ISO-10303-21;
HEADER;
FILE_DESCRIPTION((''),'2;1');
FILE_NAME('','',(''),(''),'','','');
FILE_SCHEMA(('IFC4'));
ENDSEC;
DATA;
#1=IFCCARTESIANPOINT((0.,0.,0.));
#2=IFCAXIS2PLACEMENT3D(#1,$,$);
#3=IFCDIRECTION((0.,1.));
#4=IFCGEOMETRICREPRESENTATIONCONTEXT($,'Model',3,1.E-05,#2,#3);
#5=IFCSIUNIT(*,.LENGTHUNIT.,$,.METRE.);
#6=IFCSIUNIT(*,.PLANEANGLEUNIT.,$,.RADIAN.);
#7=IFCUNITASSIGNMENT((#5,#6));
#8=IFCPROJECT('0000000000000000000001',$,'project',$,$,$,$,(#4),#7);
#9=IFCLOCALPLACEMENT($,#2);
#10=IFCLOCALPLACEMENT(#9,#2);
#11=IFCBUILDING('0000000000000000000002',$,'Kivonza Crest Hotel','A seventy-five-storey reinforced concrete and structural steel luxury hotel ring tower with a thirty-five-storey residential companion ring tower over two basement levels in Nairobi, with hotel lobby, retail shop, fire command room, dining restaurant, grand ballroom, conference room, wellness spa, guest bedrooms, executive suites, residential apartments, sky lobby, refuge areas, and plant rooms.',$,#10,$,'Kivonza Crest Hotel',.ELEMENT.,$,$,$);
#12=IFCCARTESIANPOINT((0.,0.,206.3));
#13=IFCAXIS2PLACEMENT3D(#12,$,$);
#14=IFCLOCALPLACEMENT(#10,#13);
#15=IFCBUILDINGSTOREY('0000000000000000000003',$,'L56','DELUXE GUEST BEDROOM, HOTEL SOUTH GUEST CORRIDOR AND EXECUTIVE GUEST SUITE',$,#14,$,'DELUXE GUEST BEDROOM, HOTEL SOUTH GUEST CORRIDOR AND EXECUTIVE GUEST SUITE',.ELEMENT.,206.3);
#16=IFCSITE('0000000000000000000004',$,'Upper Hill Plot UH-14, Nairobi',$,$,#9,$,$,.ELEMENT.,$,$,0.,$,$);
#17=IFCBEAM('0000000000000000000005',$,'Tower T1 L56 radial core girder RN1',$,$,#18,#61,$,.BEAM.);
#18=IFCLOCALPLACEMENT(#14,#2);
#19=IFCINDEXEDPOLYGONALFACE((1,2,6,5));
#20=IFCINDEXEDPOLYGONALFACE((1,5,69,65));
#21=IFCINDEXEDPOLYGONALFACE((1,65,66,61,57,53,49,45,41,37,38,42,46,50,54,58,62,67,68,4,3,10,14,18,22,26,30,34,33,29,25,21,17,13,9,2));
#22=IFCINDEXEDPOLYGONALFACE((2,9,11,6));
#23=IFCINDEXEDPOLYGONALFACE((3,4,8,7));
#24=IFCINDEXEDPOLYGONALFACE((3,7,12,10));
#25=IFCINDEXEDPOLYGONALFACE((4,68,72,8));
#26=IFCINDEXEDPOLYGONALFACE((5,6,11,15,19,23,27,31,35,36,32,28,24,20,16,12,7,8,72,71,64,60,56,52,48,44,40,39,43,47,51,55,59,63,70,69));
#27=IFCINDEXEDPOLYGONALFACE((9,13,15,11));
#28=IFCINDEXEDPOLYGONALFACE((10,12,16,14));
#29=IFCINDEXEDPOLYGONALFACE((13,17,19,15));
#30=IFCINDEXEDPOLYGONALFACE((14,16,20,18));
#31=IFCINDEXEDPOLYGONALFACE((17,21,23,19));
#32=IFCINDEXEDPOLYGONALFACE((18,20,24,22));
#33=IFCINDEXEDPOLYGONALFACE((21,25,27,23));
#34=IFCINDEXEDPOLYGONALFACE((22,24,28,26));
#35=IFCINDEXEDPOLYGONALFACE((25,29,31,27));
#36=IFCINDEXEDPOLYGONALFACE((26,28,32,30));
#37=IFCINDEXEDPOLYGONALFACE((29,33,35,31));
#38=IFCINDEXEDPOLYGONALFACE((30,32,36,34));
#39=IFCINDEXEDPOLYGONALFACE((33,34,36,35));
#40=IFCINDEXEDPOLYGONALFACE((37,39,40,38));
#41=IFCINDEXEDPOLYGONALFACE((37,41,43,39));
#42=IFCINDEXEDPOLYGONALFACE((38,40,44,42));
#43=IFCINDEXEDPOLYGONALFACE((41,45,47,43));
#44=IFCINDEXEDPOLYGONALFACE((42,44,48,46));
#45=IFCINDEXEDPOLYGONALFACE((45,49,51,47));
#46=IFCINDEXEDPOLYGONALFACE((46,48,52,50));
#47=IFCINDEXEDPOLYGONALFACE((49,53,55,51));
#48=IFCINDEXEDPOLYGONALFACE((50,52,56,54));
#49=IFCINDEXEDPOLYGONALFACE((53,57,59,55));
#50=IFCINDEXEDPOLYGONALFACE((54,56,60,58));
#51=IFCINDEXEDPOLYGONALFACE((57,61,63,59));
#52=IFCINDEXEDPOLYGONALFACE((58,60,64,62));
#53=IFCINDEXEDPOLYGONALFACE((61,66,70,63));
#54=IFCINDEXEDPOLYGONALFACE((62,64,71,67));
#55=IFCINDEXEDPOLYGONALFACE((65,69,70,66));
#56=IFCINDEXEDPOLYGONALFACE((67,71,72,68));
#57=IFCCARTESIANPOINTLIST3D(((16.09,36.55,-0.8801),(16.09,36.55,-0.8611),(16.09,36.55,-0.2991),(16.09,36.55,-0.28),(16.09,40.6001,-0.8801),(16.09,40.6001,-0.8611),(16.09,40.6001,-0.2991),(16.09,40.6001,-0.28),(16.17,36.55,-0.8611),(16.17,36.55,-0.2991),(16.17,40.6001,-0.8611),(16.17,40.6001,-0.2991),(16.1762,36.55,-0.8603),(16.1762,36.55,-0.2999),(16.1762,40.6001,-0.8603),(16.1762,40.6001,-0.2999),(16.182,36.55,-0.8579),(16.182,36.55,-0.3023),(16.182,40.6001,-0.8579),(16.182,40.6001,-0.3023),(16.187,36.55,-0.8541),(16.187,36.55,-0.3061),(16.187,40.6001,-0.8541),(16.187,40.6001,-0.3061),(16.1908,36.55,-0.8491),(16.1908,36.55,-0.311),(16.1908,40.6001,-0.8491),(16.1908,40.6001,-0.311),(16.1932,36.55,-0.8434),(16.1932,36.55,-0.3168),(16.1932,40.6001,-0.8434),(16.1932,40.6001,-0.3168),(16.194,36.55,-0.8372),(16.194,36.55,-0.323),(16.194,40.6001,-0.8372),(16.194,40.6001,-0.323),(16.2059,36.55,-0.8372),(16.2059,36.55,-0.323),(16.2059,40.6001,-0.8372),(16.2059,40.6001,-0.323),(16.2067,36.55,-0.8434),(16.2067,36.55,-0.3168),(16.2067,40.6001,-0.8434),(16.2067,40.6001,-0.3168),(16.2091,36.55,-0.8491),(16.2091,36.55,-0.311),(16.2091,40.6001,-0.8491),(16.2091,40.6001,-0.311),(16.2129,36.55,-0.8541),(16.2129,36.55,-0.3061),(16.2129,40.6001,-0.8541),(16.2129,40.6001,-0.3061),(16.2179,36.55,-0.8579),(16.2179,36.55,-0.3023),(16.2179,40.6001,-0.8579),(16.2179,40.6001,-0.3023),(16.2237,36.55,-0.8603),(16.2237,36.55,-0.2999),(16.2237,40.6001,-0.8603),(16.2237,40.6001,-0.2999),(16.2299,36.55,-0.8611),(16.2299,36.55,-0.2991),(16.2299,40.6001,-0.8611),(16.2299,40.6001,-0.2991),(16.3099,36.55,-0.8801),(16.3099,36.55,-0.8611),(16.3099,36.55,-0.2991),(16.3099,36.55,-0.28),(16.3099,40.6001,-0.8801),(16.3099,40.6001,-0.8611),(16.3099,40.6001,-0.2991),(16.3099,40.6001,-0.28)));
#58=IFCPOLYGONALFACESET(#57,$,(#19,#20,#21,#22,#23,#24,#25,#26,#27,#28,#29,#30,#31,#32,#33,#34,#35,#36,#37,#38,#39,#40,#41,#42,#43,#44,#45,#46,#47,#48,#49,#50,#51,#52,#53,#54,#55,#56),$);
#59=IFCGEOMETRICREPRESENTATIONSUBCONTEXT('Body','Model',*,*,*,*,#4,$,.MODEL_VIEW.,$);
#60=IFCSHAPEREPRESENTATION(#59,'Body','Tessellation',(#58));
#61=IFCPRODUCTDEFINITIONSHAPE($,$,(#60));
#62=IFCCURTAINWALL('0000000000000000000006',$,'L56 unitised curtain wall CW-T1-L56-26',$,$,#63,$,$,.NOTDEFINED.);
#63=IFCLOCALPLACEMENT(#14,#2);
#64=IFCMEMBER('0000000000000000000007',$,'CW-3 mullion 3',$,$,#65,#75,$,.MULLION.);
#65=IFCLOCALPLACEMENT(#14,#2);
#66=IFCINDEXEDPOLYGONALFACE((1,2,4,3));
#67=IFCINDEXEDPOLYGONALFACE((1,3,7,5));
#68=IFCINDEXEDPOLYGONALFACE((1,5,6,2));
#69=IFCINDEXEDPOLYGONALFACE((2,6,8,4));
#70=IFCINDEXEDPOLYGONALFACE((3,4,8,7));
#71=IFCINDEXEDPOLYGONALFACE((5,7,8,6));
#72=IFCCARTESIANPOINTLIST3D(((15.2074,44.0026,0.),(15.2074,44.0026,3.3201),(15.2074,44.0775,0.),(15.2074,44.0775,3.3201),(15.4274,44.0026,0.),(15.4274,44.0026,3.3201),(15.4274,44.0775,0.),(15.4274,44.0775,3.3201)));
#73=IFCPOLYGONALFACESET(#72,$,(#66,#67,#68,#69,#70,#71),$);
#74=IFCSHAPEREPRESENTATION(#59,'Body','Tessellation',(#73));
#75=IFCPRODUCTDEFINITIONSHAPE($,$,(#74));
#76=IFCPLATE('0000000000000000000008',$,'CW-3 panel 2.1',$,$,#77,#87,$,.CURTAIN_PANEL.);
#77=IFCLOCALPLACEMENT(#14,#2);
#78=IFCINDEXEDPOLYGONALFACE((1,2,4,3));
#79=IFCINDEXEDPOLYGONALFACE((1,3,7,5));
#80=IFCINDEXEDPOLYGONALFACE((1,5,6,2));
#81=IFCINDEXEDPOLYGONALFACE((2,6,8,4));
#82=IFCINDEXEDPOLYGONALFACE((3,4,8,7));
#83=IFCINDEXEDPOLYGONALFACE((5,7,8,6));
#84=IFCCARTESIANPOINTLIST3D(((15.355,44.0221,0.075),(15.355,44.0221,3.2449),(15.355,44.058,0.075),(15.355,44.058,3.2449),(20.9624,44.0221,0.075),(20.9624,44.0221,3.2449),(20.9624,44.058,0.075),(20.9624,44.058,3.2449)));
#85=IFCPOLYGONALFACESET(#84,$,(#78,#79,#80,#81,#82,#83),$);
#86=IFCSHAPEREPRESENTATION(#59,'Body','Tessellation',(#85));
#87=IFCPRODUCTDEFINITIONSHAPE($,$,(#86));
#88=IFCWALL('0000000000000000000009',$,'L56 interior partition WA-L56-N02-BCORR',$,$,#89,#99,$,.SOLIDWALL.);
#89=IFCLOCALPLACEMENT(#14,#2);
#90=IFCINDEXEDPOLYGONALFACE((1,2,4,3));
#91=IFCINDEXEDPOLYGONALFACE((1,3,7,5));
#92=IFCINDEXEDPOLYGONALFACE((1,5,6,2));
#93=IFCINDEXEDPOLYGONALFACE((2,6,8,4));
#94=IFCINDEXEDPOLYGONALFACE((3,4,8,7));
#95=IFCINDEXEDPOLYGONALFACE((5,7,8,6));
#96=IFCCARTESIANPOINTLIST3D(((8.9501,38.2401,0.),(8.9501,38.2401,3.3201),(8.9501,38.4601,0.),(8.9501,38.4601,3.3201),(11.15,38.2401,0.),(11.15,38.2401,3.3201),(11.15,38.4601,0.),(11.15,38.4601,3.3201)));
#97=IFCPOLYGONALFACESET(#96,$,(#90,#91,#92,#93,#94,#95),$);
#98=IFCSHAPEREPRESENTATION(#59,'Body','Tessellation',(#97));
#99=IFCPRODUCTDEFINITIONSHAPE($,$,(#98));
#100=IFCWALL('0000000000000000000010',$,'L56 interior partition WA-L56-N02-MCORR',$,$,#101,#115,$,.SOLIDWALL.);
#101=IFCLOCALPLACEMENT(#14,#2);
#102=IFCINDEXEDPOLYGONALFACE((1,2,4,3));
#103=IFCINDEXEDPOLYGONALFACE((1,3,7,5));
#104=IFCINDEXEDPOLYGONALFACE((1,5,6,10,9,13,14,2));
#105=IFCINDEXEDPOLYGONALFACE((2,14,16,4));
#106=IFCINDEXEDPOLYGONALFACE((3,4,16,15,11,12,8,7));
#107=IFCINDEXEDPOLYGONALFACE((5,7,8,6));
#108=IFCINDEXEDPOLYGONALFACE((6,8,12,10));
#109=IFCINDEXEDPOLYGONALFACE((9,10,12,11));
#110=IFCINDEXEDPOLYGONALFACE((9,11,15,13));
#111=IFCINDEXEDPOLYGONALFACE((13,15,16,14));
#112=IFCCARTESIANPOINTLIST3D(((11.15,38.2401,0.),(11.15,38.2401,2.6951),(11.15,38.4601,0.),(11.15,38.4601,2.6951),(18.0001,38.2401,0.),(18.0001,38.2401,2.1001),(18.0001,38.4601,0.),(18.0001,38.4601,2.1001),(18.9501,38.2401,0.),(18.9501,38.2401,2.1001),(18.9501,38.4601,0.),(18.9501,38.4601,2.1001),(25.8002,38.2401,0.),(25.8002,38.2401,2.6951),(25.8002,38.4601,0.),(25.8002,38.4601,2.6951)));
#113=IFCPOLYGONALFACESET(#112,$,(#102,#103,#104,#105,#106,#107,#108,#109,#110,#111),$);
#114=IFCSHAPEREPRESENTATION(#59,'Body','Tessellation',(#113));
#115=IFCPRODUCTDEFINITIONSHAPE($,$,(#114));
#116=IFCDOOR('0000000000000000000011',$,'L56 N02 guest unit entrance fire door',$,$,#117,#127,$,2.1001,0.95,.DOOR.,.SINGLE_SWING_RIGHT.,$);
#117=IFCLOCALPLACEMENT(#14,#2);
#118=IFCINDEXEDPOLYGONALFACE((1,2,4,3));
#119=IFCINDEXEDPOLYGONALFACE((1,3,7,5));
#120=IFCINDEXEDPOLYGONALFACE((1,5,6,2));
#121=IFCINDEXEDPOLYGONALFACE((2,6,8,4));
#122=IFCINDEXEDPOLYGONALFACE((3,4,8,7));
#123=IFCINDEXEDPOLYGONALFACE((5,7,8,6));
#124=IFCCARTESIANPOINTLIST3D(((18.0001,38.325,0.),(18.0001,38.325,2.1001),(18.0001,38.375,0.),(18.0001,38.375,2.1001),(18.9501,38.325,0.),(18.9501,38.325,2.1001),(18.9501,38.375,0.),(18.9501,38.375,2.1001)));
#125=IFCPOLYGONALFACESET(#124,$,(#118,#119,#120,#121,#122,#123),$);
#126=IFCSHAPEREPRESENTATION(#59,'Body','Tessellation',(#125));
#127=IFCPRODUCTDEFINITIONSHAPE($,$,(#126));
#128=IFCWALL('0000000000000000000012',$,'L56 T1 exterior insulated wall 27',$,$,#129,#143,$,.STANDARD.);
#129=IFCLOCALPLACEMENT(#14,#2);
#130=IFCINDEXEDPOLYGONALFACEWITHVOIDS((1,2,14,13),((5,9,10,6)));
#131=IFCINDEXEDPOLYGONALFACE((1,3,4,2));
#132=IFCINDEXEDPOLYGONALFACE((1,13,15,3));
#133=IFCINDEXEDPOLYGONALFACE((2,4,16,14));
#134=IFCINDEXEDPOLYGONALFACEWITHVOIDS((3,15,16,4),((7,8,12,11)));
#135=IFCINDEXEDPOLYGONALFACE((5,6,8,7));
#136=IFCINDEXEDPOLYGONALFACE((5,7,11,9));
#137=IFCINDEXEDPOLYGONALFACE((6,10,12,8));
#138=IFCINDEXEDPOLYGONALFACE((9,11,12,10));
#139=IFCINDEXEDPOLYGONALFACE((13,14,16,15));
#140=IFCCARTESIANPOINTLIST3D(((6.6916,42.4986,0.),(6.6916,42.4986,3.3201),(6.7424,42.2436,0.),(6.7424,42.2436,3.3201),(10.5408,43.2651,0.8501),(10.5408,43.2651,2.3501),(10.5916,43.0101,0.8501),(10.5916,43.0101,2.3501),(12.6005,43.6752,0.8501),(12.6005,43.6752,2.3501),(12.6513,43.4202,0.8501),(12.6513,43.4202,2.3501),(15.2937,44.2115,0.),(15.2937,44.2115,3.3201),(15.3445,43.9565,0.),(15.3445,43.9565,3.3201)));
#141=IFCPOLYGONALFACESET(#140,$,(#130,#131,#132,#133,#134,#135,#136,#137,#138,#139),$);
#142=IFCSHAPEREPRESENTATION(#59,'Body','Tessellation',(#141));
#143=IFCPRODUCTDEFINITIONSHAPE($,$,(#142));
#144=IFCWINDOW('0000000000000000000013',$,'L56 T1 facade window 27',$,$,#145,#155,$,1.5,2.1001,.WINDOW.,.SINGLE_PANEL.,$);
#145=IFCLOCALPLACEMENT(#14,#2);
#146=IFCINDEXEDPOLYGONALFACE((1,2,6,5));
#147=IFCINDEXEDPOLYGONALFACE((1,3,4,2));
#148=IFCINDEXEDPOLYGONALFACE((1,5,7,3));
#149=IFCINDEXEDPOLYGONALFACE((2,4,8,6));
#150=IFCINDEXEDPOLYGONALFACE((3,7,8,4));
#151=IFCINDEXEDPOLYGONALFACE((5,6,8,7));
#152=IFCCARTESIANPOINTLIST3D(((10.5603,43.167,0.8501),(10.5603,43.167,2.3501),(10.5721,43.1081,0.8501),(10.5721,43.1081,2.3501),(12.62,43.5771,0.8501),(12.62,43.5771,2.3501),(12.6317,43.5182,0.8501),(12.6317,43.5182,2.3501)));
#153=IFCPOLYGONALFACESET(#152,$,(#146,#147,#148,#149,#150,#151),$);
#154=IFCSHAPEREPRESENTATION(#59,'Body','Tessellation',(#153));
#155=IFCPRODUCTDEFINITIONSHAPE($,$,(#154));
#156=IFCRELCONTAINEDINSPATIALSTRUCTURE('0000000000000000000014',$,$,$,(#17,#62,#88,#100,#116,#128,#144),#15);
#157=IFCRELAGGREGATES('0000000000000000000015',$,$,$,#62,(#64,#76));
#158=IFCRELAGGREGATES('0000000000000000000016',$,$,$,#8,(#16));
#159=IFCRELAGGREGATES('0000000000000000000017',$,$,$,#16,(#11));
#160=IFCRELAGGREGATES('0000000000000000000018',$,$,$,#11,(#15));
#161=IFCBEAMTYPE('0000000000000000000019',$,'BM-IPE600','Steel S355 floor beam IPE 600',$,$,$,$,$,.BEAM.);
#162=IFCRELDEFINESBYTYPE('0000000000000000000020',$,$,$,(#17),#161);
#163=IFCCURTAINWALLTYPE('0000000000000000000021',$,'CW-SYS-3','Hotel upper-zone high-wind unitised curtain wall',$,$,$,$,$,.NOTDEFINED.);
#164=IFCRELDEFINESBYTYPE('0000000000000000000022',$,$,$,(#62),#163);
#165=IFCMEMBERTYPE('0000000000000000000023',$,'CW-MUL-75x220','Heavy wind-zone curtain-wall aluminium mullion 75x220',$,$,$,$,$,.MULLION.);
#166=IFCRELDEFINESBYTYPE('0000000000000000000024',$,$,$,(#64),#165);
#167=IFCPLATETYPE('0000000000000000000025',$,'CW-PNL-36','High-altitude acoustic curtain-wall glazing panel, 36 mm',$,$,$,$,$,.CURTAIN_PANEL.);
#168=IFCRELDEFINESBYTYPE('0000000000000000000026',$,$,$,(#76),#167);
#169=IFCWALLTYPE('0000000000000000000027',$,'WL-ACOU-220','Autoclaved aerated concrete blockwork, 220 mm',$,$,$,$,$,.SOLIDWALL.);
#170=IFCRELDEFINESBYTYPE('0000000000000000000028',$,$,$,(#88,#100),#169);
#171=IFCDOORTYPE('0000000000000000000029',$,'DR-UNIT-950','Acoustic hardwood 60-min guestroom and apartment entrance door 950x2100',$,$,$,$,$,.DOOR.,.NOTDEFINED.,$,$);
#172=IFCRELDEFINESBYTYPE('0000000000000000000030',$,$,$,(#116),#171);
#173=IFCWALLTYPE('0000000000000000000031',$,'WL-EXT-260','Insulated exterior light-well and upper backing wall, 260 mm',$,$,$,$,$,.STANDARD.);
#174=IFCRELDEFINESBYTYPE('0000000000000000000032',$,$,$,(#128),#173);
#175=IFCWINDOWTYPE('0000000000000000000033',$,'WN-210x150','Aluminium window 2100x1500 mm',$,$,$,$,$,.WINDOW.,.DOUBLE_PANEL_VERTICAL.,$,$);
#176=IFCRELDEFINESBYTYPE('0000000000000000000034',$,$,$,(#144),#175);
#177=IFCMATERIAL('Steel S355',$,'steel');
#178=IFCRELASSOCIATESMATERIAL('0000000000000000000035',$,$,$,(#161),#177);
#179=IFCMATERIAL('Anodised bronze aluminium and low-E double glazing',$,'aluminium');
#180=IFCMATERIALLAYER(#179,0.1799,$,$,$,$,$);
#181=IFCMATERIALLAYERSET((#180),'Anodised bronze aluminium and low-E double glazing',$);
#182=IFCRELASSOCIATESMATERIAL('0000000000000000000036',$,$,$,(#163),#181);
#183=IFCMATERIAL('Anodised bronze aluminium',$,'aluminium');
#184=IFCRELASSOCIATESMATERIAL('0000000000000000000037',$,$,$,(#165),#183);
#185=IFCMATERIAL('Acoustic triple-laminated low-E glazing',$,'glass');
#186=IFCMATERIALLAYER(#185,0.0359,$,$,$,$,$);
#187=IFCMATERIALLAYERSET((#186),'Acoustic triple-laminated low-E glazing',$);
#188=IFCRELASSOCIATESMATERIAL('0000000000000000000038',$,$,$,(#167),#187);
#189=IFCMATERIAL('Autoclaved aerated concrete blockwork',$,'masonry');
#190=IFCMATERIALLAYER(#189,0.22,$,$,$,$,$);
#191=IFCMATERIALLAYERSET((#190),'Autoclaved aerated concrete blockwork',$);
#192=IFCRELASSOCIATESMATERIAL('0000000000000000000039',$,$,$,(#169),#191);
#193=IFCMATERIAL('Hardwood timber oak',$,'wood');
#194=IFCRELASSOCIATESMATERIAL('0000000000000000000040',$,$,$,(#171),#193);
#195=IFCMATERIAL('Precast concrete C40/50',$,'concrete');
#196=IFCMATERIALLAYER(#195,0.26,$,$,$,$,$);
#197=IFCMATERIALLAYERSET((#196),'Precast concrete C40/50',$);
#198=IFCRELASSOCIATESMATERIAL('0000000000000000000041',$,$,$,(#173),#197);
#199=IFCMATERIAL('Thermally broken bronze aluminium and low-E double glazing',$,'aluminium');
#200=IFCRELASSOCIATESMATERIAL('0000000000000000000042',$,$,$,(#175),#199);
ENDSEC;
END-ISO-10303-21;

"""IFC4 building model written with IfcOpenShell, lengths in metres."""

from ifc_helpers import new_model, si_unit, direction, frame, frame_2d, origin, origin_2d, place, context, subcontext, project, spatial, rectangle, i_section, extrude, material, layer, layer_set, material_profile, profile_set, type_object, element, fill, aggregate, save


model = new_model("IFC4")

# Units and contexts
model_context = context("Model", 3, precision=1e-05, world=origin(), true_north=direction((0.0, 1.0)))
body_context = subcontext(model_context, "Body", "Model", "MODEL_VIEW")
ifc_project = project(units=[si_unit("LENGTHUNIT", "METRE"), si_unit("PLANEANGLEUNIT", "RADIAN")], contexts=[model_context])

# Site, building, storey
site_placement = place(None, origin())
site = spatial("IfcSite", under=ifc_project, at=site_placement, Name="Upper Hill Plot UH-14, Nairobi", CompositionType="ELEMENT", RefElevation=0.0)
building_placement = place(site_placement, origin())
building = spatial("IfcBuilding", under=site, at=building_placement, Name="Kivonza Crest Hotel", Description="A seventy-five-storey reinforced concrete and structural steel luxury hotel ring tower with a thirty-five-storey residential companion ring tower over two basement levels in Nairobi, with hotel lobby, retail shop, fire command room, dining restaurant, grand ballroom, conference room, wellness spa, guest bedrooms, executive suites, residential apartments, sky lobby, refuge areas, and plant rooms.", LongName="Kivonza Crest Hotel", CompositionType="ELEMENT")
storey_placement = place(building_placement, frame((0.0, 0.0, 206.3)))
storey = spatial("IfcBuildingStorey", under=building, at=storey_placement, Name="L56", Description="DELUXE GUEST BEDROOM, HOTEL SOUTH GUEST CORRIDOR AND EXECUTIVE GUEST SUITE", LongName="DELUXE GUEST BEDROOM, HOTEL SOUTH GUEST CORRIDOR AND EXECUTIVE GUEST SUITE", CompositionType="ELEMENT", Elevation=206.3)

# Beam
ifc_material_1 = material(Name="Steel S355", Category="steel")
ifc_material_profile_1 = material_profile(ifc_material_1, i_section(OverallWidth=0.22, OverallDepth=0.6001, WebThickness=0.012, FlangeThickness=0.019, FilletRadius=0.0239, at=origin_2d()), Name="IPE 600")
ifc_profile_set_1 = profile_set([ifc_material_profile_1], Name="Steel S355")
beam_type_1 = type_object("IfcBeamType", Name="BM-IPE600", Description="Steel S355 floor beam IPE 600", PredefinedType="BEAM", material=ifc_profile_set_1)
beam_1_placement = place(storey_placement, frame((16.2, 40.6001, -0.5801), z_axis=(0.0, -1.0, 0.0), x_axis=(1.0, 0.0, 0.0)))
element("IfcBeam", 1, at=beam_1_placement, inside=storey, type_object=beam_type_1, Name="Tower T1 L56 radial core girder RN1", PredefinedType="BEAM", context=body_context, shape_type="SweptSolid", body=[
    extrude(i_section(OverallWidth=0.22, OverallDepth=0.6001, WebThickness=0.012, FlangeThickness=0.019, FilletRadius=0.0239, at=origin_2d()), origin(), (0.0, 0.0, 1.0), 4.05),
])

# Curtain wall, member, plate
ifc_material_2 = material(Name="Anodised bronze aluminium and low-E double glazing", Category="aluminium")
ifc_layer_1 = layer(ifc_material_2, 0.1799)
ifc_layer_set_1 = layer_set([ifc_layer_1], Name="Anodised bronze aluminium and low-E double glazing")
curtain_wall_type = type_object("IfcCurtainWallType", Name="CW-SYS-3", Description="Hotel upper-zone high-wind unitised curtain wall", PredefinedType="NOTDEFINED", material=ifc_layer_set_1)
curtain_wall_placement = place(storey_placement, origin())
curtain_wall = element("IfcCurtainWall", 2, at=curtain_wall_placement, inside=storey, type_object=curtain_wall_type, Name="L56 unitised curtain wall CW-T1-L56-26", PredefinedType="NOTDEFINED")
ifc_material_3 = material(Name="Anodised bronze aluminium", Category="aluminium")
ifc_material_profile_2 = material_profile(ifc_material_3, rectangle(XDim=0.075, YDim=0.22, at=origin_2d()), Name="CW-M 75x220")
ifc_profile_set_2 = profile_set([ifc_material_profile_2], Name="Anodised bronze aluminium")
member_type = type_object("IfcMemberType", Name="CW-MUL-75x220", Description="Heavy wind-zone curtain-wall aluminium mullion 75x220", PredefinedType="MULLION", material=ifc_profile_set_2)
member_placement = place(storey_placement, frame((15.3174, 44.04, 0.0), z_axis=(0.0, 0.0, 1.0), x_axis=(0.0, -1.0, 0.0)))
member = element("IfcMember", 3, at=member_placement, type_object=member_type, Name="CW-3 mullion 3", PredefinedType="MULLION", context=body_context, shape_type="SweptSolid", body=[
    extrude(rectangle(XDim=0.075, YDim=0.22, at=origin_2d()), origin(), (0.0, 0.0, 1.0), 3.3201),
])
ifc_material_4 = material(Name="Acoustic triple-laminated low-E glazing", Category="glass")
ifc_layer_2 = layer(ifc_material_4, 0.0359)
ifc_layer_set_2 = layer_set([ifc_layer_2], Name="Acoustic triple-laminated low-E glazing")
plate_type = type_object("IfcPlateType", Name="CW-PNL-36", Description="High-altitude acoustic curtain-wall glazing panel, 36 mm", PredefinedType="CURTAIN_PANEL", material=ifc_layer_set_2)
plate_placement = place(storey_placement, frame((18.1587, 44.04, 0.075), z_axis=(0.0, 0.0, 1.0), x_axis=(-1.0, 0.0, 0.0)))
plate = element("IfcPlate", 4, at=plate_placement, type_object=plate_type, Name="CW-3 panel 2.1", PredefinedType="CURTAIN_PANEL", context=body_context, shape_type="SweptSolid", body=[
    extrude(rectangle(XDim=5.6074, YDim=0.0359, at=origin_2d()), origin(), (0.0, 0.0, 1.0), 3.1699),
])
aggregate(curtain_wall, [member, plate])

# Wall
ifc_material_5 = material(Name="Autoclaved aerated concrete blockwork", Category="masonry")
ifc_layer_3 = layer(ifc_material_5, 0.22)
ifc_layer_set_3 = layer_set([ifc_layer_3], Name="Autoclaved aerated concrete blockwork")
wall_type_1 = type_object("IfcWallType", Name="WL-ACOU-220", Description="Autoclaved aerated concrete blockwork, 220 mm", PredefinedType="SOLIDWALL", material=ifc_layer_set_3)
wall_1_placement = place(storey_placement, frame((8.95, 38.3501, 0.0), z_axis=(0.0, 0.0, 1.0), x_axis=(1.0, 0.0, 0.0)))
element("IfcWall", 5, at=wall_1_placement, inside=storey, type_object=wall_type_1, Name="L56 interior partition WA-L56-N02-BCORR", PredefinedType="SOLIDWALL", context=body_context, shape_type="SweptSolid", body=[
    extrude(rectangle(XDim=2.2, YDim=0.22, at=frame_2d((1.1001, 0.0))), origin(), (0.0, 0.0, 1.0), 3.3201),
])

# Wall, opening, door
wall_2_placement = place(storey_placement, frame((11.1499, 38.3501, 0.0), z_axis=(0.0, 0.0, 1.0), x_axis=(1.0, 0.0, 0.0)))
wall_2 = element("IfcWall", 6, at=wall_2_placement, inside=storey, type_object=wall_type_1, Name="L56 interior partition WA-L56-N02-MCORR", PredefinedType="SOLIDWALL", context=body_context, shape_type="SweptSolid", body=[
    extrude(rectangle(XDim=14.6501, YDim=0.22, at=frame_2d((7.3252, 0.0))), origin(), (0.0, 0.0, 1.0), 2.6951),
])
opening_1_placement = place(wall_2_placement, frame((6.8501, 0.0, 0.0)))
opening_1 = element("IfcOpeningElement", 7, at=opening_1_placement, cuts=wall_2, PredefinedType="OPENING", context=body_context, shape_type="SweptSolid", body=[
    extrude(rectangle(XDim=0.95, YDim=2.1001, at=frame_2d((0.4751, 1.05))), frame((0.0, 0.1201, 0.0), z_axis=(0.0, -1.0, 0.0), x_axis=(1.0, 0.0, 0.0)), (0.0, 0.0, 1.0), 0.24),
])
ifc_material_6 = material(Name="Hardwood timber oak", Category="wood")
door_type_1 = type_object("IfcDoorType", Name="DR-UNIT-950", Description="Acoustic hardwood 60-min guestroom and apartment entrance door 950x2100", OperationType="NOTDEFINED", PredefinedType="DOOR", material=ifc_material_6)
door_1_placement = place(opening_1_placement, origin())
door_1 = element("IfcDoor", 8, at=door_1_placement, inside=storey, type_object=door_type_1, Name="L56 N02 guest unit entrance fire door", OperationType="SINGLE_SWING_RIGHT", OverallHeight=2.1001, OverallWidth=0.95, PredefinedType="DOOR", context=body_context, shape_type="SweptSolid", body=[
    extrude(rectangle(XDim=0.95, YDim=2.1001, at=frame_2d((0.4751, 1.05))), frame((0.0, 0.0249, 0.0), z_axis=(0.0, -1.0, 0.0), x_axis=(1.0, 0.0, 0.0)), (0.0, 0.0, 1.0), 0.05),
])
fill(opening_1, door_1)

# Wall, opening, window
ifc_material_7 = material(Name="Precast concrete C40/50", Category="concrete")
ifc_layer_4 = layer(ifc_material_7, 0.26)
ifc_layer_set_4 = layer_set([ifc_layer_4], Name="Precast concrete C40/50")
wall_type_2 = type_object("IfcWallType", Name="WL-EXT-260", Description="Insulated exterior light-well and upper backing wall, 260 mm", PredefinedType="STANDARD", material=ifc_layer_set_4)
wall_3_placement = place(storey_placement, frame((15.3191, 44.084, 0.0), z_axis=(0.0, 0.0, 1.0), x_axis=(-0.980745, -0.195292, 0.0)))
wall_3 = element("IfcWall", 9, at=wall_3_placement, inside=storey, type_object=wall_type_2, Name="L56 T1 exterior insulated wall 27", PredefinedType="STANDARD", context=body_context, shape_type="SweptSolid", body=[
    extrude(rectangle(XDim=8.771, YDim=0.26, at=frame_2d((4.3855, 0.0))), origin(), (0.0, 0.0, 1.0), 3.3201),
])
opening_2_placement = place(wall_3_placement, frame((2.7461, 0.0, 0.8501)))
opening_2 = element("IfcOpeningElement", 10, at=opening_2_placement, cuts=wall_3, PredefinedType="OPENING", context=body_context, shape_type="SweptSolid", body=[
    extrude(rectangle(XDim=2.1001, YDim=1.5, at=frame_2d((1.05, 0.75))), frame((0.0, 0.1401, 0.0), z_axis=(0.0, -1.0, 0.0), x_axis=(1.0, 0.0, 0.0)), (0.0, 0.0, 1.0), 0.28),
])
ifc_material_8 = material(Name="Thermally broken bronze aluminium and low-E double glazing", Category="aluminium")
window_type = type_object("IfcWindowType", Name="WN-210x150", Description="Aluminium window 2100x1500 mm", PartitioningType="DOUBLE_PANEL_VERTICAL", PredefinedType="WINDOW", material=ifc_material_8)
window_placement = place(opening_2_placement, origin())
window = element("IfcWindow", 11, at=window_placement, inside=storey, type_object=window_type, Name="L56 T1 facade window 27", OverallHeight=1.5, OverallWidth=2.1001, PartitioningType="SINGLE_PANEL", PredefinedType="WINDOW", context=body_context, shape_type="SweptSolid", body=[
    extrude(rectangle(XDim=2.1001, YDim=1.5, at=frame_2d((1.05, 0.75))), frame((0.0, 0.03, 0.0), z_axis=(0.0, -1.0, 0.0), x_axis=(1.0, 0.0, 0.0)), (0.0, 0.0, 1.0), 0.0601),
])
fill(opening_2, window)

save(model, "model.ifc")
